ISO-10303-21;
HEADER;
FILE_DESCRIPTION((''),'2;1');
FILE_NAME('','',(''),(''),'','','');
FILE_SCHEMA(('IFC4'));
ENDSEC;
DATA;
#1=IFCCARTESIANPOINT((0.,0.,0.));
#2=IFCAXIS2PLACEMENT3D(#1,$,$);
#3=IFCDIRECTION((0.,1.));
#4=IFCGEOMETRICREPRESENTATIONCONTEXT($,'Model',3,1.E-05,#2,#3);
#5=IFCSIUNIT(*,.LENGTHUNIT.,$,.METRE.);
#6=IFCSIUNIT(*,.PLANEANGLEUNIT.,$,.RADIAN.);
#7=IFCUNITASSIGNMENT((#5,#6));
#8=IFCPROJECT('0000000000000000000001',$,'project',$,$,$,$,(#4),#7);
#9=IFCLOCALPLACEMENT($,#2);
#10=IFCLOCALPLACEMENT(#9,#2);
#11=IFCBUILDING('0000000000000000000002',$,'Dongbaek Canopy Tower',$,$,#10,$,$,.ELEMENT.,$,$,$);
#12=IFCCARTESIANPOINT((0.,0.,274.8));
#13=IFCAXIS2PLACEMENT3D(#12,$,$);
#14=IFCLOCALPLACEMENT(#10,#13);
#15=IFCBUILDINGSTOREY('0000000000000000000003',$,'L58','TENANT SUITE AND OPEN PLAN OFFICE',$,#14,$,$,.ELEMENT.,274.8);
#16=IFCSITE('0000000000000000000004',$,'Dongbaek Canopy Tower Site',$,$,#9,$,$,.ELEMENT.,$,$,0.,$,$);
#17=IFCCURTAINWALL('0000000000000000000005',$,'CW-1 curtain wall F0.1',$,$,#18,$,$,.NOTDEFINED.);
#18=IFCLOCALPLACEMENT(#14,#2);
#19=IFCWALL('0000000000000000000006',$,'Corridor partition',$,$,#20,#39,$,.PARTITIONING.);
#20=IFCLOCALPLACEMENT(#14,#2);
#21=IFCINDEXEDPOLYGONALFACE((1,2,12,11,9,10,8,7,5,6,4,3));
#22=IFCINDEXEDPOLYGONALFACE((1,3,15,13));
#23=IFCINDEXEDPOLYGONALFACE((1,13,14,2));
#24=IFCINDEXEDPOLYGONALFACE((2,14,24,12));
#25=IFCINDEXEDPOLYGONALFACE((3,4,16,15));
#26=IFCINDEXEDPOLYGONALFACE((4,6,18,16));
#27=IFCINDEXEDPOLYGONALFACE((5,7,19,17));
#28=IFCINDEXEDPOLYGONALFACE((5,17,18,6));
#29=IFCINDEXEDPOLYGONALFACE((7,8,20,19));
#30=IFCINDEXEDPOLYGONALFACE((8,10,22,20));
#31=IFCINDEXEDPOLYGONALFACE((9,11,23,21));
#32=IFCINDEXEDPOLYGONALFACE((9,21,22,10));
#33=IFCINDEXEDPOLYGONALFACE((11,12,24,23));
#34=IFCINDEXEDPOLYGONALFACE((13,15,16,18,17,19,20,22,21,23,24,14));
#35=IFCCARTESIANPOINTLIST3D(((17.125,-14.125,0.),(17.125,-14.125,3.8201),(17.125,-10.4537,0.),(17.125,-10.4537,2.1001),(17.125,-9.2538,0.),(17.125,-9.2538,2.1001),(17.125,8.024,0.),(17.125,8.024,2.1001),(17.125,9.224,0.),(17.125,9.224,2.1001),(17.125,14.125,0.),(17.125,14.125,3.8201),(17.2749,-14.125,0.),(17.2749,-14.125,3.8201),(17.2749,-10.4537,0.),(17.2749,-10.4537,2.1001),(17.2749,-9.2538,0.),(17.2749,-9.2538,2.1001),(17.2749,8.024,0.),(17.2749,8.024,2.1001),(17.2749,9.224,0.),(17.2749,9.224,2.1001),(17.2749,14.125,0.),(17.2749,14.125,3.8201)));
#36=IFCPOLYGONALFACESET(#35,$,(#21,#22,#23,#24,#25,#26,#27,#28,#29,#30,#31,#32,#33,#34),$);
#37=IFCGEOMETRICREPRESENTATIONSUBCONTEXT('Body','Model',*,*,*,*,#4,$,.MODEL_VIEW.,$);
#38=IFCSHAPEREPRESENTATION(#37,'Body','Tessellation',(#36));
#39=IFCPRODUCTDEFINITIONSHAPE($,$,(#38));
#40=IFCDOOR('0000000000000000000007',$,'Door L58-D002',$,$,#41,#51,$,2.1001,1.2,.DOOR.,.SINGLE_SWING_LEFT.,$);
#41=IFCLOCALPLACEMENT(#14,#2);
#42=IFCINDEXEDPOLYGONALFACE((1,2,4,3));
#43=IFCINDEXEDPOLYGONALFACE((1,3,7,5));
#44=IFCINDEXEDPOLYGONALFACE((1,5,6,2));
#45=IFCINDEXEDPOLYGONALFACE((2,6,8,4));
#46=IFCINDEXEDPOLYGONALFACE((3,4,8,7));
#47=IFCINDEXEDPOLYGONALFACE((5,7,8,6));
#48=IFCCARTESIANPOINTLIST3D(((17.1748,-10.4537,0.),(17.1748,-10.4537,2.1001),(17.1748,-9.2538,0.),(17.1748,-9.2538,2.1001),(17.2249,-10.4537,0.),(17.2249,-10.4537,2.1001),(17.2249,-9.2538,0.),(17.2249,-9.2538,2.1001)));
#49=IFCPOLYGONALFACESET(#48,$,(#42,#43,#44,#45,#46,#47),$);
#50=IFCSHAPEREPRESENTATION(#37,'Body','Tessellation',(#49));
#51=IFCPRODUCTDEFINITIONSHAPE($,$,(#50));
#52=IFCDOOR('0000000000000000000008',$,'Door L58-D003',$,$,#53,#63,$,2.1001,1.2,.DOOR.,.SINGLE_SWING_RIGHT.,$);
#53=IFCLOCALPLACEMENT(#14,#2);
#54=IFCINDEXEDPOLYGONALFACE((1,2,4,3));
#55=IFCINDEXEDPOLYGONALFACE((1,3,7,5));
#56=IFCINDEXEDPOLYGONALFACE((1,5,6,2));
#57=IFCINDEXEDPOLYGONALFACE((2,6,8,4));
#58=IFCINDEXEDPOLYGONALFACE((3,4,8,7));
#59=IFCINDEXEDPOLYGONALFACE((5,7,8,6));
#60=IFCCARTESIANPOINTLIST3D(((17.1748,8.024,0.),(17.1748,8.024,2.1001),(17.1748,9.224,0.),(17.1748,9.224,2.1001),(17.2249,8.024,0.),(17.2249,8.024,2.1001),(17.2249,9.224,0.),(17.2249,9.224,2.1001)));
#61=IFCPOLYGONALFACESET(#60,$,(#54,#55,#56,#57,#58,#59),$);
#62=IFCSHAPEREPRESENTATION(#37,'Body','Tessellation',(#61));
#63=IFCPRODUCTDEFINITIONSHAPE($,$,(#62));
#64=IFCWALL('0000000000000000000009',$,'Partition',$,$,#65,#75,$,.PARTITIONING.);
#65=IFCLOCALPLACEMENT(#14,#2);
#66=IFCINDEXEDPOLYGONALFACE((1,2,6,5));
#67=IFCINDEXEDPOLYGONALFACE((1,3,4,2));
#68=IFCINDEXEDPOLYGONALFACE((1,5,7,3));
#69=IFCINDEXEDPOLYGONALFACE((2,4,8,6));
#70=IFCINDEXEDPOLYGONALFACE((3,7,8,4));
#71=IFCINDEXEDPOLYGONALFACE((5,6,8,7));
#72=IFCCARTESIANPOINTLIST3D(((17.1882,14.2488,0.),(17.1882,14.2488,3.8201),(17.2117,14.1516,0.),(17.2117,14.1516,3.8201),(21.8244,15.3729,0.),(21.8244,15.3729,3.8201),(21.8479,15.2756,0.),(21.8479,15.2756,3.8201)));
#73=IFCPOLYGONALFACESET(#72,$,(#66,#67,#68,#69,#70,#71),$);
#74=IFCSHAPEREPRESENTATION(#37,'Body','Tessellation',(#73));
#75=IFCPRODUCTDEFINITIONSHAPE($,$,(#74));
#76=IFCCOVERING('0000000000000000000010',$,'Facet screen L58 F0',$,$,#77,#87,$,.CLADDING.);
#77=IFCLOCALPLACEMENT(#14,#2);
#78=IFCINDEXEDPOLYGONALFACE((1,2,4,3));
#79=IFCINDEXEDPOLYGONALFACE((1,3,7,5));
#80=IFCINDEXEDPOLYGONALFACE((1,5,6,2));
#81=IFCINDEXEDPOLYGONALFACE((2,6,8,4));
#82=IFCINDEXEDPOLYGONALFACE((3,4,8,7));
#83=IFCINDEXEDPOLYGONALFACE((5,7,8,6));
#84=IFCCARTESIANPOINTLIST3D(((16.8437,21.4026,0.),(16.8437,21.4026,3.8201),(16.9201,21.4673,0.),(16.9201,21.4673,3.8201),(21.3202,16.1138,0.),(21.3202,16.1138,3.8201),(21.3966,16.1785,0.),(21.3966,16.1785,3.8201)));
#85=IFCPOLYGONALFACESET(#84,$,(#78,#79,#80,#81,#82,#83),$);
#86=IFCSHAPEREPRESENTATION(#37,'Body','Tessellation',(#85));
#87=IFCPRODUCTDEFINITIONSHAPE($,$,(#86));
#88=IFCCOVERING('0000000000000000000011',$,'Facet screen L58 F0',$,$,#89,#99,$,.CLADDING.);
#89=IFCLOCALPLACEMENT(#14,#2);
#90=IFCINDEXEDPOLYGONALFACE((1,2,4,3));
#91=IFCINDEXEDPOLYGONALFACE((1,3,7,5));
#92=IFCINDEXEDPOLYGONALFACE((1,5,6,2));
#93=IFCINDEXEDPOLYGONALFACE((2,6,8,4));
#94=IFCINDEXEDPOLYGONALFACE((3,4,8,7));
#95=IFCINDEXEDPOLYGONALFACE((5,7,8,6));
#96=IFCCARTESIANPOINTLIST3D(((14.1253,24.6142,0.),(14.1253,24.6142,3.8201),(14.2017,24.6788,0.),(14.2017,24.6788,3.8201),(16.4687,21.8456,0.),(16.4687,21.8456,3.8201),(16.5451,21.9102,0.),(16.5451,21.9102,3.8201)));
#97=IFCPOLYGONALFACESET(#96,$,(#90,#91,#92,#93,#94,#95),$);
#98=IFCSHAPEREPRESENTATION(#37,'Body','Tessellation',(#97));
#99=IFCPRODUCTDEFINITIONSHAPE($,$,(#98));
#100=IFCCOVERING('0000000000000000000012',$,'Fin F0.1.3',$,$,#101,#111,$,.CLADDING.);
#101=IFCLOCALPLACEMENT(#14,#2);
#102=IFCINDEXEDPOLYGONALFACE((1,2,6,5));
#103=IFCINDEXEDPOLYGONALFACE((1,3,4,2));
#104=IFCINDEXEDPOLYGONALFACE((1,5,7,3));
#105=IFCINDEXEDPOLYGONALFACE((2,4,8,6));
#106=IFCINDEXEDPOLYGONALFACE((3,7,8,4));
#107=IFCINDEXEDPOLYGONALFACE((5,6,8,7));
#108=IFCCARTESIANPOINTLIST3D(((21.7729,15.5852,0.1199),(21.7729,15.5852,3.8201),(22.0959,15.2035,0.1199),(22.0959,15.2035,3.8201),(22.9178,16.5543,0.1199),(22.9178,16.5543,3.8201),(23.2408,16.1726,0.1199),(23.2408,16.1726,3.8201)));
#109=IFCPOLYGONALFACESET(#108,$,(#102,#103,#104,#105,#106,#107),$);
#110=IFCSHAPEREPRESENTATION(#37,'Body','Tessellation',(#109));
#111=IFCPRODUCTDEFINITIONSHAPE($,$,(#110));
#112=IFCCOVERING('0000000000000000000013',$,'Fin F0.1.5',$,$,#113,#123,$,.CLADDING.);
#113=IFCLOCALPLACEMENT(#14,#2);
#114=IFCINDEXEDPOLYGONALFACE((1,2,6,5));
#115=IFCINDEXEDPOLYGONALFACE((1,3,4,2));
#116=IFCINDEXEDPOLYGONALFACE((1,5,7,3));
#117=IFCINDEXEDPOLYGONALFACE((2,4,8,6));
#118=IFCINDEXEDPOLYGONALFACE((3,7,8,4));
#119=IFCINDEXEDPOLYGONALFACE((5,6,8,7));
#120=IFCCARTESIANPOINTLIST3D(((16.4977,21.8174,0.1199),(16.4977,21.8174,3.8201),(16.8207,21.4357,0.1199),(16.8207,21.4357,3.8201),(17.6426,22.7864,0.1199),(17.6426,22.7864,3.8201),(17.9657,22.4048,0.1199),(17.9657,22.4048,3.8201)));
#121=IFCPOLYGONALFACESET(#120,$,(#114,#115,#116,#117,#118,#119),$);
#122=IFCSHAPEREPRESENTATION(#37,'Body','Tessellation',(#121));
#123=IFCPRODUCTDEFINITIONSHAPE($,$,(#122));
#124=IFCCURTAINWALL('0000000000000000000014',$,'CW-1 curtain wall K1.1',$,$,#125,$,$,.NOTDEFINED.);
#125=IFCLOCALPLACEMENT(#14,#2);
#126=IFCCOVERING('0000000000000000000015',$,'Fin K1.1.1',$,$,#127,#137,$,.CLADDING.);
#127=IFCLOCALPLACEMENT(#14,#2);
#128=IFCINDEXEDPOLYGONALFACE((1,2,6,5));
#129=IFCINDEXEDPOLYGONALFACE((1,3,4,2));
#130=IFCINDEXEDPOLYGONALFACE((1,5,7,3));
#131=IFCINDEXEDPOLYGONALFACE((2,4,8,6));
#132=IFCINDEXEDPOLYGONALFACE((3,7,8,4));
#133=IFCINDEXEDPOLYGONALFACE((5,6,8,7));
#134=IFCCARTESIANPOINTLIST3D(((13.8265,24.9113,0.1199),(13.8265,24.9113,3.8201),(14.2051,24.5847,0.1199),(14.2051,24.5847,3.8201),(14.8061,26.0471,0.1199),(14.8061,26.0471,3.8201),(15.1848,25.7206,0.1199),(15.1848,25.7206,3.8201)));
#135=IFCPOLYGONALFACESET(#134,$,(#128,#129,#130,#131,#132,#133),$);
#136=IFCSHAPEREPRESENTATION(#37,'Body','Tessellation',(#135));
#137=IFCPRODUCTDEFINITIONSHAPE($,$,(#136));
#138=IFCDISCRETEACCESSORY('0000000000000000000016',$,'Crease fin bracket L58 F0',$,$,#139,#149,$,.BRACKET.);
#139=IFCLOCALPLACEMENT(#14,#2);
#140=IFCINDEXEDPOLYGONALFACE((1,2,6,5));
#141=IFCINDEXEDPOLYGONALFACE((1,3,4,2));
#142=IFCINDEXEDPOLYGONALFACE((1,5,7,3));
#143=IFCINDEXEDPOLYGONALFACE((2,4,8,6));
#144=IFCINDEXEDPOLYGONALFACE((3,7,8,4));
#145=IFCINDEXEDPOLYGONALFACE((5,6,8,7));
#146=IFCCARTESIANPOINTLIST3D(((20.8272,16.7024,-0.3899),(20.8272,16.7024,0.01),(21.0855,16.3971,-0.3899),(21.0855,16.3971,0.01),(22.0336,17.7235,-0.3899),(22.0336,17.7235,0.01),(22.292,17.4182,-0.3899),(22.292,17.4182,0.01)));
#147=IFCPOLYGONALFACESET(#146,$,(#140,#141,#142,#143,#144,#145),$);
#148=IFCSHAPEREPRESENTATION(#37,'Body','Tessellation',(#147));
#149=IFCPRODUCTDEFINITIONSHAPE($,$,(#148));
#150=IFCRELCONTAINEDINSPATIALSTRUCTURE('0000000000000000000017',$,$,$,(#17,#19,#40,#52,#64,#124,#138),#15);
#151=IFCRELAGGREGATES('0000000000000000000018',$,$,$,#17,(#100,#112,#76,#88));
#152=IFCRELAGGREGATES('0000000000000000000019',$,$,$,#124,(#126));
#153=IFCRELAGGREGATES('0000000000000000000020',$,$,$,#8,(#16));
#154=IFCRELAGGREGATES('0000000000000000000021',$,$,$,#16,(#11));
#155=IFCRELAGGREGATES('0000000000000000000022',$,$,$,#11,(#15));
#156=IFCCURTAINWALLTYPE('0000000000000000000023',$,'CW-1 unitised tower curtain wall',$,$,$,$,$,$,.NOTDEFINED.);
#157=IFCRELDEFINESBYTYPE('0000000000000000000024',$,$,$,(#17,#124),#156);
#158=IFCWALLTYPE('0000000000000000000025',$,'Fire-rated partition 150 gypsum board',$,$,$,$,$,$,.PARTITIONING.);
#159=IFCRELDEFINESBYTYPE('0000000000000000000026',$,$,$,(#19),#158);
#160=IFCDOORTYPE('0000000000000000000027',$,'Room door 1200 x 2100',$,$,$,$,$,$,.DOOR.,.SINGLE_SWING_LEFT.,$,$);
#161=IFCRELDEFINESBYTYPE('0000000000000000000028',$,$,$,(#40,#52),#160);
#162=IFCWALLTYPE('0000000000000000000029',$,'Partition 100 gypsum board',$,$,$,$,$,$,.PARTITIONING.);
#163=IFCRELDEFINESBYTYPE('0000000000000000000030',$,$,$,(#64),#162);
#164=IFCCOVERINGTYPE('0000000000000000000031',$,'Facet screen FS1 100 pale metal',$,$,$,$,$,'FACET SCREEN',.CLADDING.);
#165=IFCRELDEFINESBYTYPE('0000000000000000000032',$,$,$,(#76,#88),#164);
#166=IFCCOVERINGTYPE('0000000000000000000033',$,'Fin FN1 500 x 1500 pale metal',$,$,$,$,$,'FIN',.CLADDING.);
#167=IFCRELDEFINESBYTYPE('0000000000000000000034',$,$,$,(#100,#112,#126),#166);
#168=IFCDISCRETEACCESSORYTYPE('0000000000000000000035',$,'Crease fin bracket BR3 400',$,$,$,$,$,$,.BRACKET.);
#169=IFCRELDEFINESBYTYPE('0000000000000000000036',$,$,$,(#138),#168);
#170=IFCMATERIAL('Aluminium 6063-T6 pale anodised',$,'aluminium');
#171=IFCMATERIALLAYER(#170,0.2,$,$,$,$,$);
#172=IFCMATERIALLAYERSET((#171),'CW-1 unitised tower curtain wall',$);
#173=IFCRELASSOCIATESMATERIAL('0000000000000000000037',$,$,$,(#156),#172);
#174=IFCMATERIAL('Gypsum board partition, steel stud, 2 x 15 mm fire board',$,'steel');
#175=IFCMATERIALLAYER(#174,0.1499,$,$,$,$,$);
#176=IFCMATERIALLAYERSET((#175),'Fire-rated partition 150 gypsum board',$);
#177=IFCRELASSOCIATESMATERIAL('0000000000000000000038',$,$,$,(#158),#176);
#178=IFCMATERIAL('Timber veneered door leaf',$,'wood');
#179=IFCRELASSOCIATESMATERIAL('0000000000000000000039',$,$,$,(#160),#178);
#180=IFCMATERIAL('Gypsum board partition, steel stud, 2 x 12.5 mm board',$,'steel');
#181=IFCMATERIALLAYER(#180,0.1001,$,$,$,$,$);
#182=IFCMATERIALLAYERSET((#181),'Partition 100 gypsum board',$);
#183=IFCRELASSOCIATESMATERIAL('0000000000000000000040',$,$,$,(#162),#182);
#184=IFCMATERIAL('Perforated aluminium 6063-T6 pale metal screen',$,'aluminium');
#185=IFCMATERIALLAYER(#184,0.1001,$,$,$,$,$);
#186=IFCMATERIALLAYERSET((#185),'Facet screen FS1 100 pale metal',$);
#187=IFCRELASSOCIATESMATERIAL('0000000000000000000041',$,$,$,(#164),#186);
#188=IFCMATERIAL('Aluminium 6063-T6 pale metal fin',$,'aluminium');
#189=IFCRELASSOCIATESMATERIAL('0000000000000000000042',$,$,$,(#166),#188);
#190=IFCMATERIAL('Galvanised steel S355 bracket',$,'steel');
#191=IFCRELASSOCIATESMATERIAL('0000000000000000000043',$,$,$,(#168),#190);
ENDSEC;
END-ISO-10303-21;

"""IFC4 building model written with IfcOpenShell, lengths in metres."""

from ifc_helpers import new_model, si_unit, direction, frame, frame_2d, origin, origin_2d, place, context, subcontext, project, spatial, rectangle, extrude, material, layer, layer_set, material_profile, profile_set, type_object, element, fill, aggregate, save


model = new_model("IFC4")

# Units and contexts
model_context = context("Model", 3, precision=1e-05, world=origin(), true_north=direction((0.0, 1.0)))
body_context = subcontext(model_context, "Body", "Model", "MODEL_VIEW")
ifc_project = project(units=[si_unit("LENGTHUNIT", "METRE"), si_unit("PLANEANGLEUNIT", "RADIAN")], contexts=[model_context])

# Site, building, storey
site_placement = place(None, origin())
site = spatial("IfcSite", under=ifc_project, at=site_placement, Name="Dongbaek Canopy Tower Site", CompositionType="ELEMENT", RefElevation=0.0)
building_placement = place(site_placement, origin())
building = spatial("IfcBuilding", under=site, at=building_placement, Name="Dongbaek Canopy Tower", CompositionType="ELEMENT")
storey_placement = place(building_placement, frame((0.0, 0.0, 274.8)))
storey = spatial("IfcBuildingStorey", under=building, at=storey_placement, Name="L58", Description="TENANT SUITE AND OPEN PLAN OFFICE", CompositionType="ELEMENT", Elevation=274.8)

# Curtain wall
ifc_material_1 = material(Name="Aluminium 6063-T6 pale anodised", Category="aluminium")
ifc_layer_1 = layer(ifc_material_1, 0.2)
ifc_layer_set_1 = layer_set([ifc_layer_1], Name="CW-1 unitised tower curtain wall")
curtain_wall_type = type_object("IfcCurtainWallType", Name="CW-1 unitised tower curtain wall", PredefinedType="NOTDEFINED", material=ifc_layer_set_1)
curtain_wall_1_placement = place(storey_placement, origin())
curtain_wall_1 = element("IfcCurtainWall", 1, at=curtain_wall_1_placement, inside=storey, type_object=curtain_wall_type, Name="CW-1 curtain wall F0.1", PredefinedType="NOTDEFINED")

# Wall, openings, doors
ifc_material_2 = material(Name="Gypsum board partition, steel stud, 2 x 15 mm fire board", Category="steel")
ifc_layer_2 = layer(ifc_material_2, 0.1499)
ifc_layer_set_2 = layer_set([ifc_layer_2], Name="Fire-rated partition 150 gypsum board")
wall_type_1 = type_object("IfcWallType", Name="Fire-rated partition 150 gypsum board", PredefinedType="PARTITIONING", material=ifc_layer_set_2)
wall_1_placement = place(storey_placement, frame((17.2, 14.125, 0.0), z_axis=(0.0, 0.0, 1.0), x_axis=(0.0, -1.0, 0.0)))
wall_1 = element("IfcWall", 2, at=wall_1_placement, inside=storey, type_object=wall_type_1, Name="Corridor partition", PredefinedType="PARTITIONING", context=body_context, shape_type="SweptSolid", body=[
    extrude(rectangle(XDim=28.25, YDim=0.1499, at=frame_2d((14.125, 0.0))), origin(), (0.0, 0.0, 1.0), 3.8201),
])
opening_1_placement = place(wall_1_placement, frame((23.3787, 0.0, 0.0)))
opening_1 = element("IfcOpeningElement", 3, at=opening_1_placement, cuts=wall_1, PredefinedType="OPENING", context=body_context, shape_type="SweptSolid", body=[
    extrude(rectangle(XDim=1.2, YDim=2.1001, at=frame_2d((0.6001, 1.05))), frame((0.0, 0.085, 0.0), z_axis=(0.0, -1.0, 0.0), x_axis=(1.0, 0.0, 0.0)), (0.0, 0.0, 1.0), 0.1699),
])
opening_2_placement = place(wall_1_placement, frame((4.9009, 0.0, 0.0)))
opening_2 = element("IfcOpeningElement", 4, at=opening_2_placement, cuts=wall_1, PredefinedType="OPENING", context=body_context, shape_type="SweptSolid", body=[
    extrude(rectangle(XDim=1.2, YDim=2.1001, at=frame_2d((0.6001, 1.05))), frame((0.0, 0.085, 0.0), z_axis=(0.0, -1.0, 0.0), x_axis=(1.0, 0.0, 0.0)), (0.0, 0.0, 1.0), 0.1699),
])
ifc_material_3 = material(Name="Timber veneered door leaf", Category="wood")
door_type = type_object("IfcDoorType", Name="Room door 1200 x 2100", OperationType="SINGLE_SWING_LEFT", PredefinedType="DOOR", material=ifc_material_3)
door_1_placement = place(opening_1_placement, origin())
door_1 = element("IfcDoor", 5, at=door_1_placement, inside=storey, type_object=door_type, Name="Door L58-D002", OperationType="SINGLE_SWING_LEFT", OverallHeight=2.1001, OverallWidth=1.2, PredefinedType="DOOR", context=body_context, shape_type="SweptSolid", body=[
    extrude(rectangle(XDim=1.2, YDim=2.1001, at=frame_2d((0.6001, 1.05))), frame((0.0, 0.0249, 0.0), z_axis=(0.0, -1.0, 0.0), x_axis=(1.0, 0.0, 0.0)), (0.0, 0.0, 1.0), 0.05),
])
fill(opening_1, door_1)
door_2_placement = place(opening_2_placement, origin())
door_2 = element("IfcDoor", 6, at=door_2_placement, inside=storey, type_object=door_type, Name="Door L58-D003", OperationType="SINGLE_SWING_RIGHT", OverallHeight=2.1001, OverallWidth=1.2, PredefinedType="DOOR", context=body_context, shape_type="SweptSolid", body=[
    extrude(rectangle(XDim=1.2, YDim=2.1001, at=frame_2d((0.6001, 1.05))), frame((0.0, 0.0249, 0.0), z_axis=(0.0, -1.0, 0.0), x_axis=(1.0, 0.0, 0.0)), (0.0, 0.0, 1.0), 0.05),
])
fill(opening_2, door_2)

# Wall
ifc_material_4 = material(Name="Gypsum board partition, steel stud, 2 x 12.5 mm board", Category="steel")
ifc_layer_3 = layer(ifc_material_4, 0.1001)
ifc_layer_set_3 = layer_set([ifc_layer_3], Name="Partition 100 gypsum board")
wall_type_2 = type_object("IfcWallType", Name="Partition 100 gypsum board", PredefinedType="PARTITIONING", material=ifc_layer_set_3)
wall_2_placement = place(storey_placement, frame((17.2, 14.2002, 0.0), z_axis=(0.0, 0.0, 1.0), x_axis=(0.971846, 0.235618, 0.0)))
element("IfcWall", 7, at=wall_2_placement, inside=storey, type_object=wall_type_2, Name="Partition", PredefinedType="PARTITIONING", context=body_context, shape_type="SweptSolid", body=[
    extrude(rectangle(XDim=4.7705, YDim=0.1001, at=frame_2d((2.3853, 0.0))), origin(), (0.0, 0.0, 1.0), 3.8201),
])

# Coverings
ifc_material_5 = material(Name="Perforated aluminium 6063-T6 pale metal screen", Category="aluminium")
ifc_layer_4 = layer(ifc_material_5, 0.1001)
ifc_layer_set_4 = layer_set([ifc_layer_4], Name="Facet screen FS1 100 pale metal")
covering_type_1 = type_object("IfcCoveringType", Name="Facet screen FS1 100 pale metal", ElementType="FACET SCREEN", PredefinedType="CLADDING", material=ifc_layer_set_4)
covering_1_placement = place(storey_placement, frame((19.1201, 18.7905, 0.0), z_axis=(0.0, 0.0, 1.0), x_axis=(-0.646055, 0.763291, 0.0)))
covering_1 = element("IfcCovering", 8, at=covering_1_placement, type_object=covering_type_1, Name="Facet screen L58 F0", PredefinedType="CLADDING", context=body_context, shape_type="SweptSolid", body=[
    extrude(rectangle(XDim=6.929, YDim=0.1001, at=origin_2d()), origin(), (0.0, 0.0, 1.0), 3.8201),
])
covering_2_placement = place(storey_placement, frame((15.3352, 23.2622, 0.0), z_axis=(0.0, 0.0, 1.0), x_axis=(-0.646055, 0.763291, 0.0)))
covering_2 = element("IfcCovering", 9, at=covering_2_placement, type_object=covering_type_1, Name="Facet screen L58 F0", PredefinedType="CLADDING", context=body_context, shape_type="SweptSolid", body=[
    extrude(rectangle(XDim=3.6272, YDim=0.1001, at=origin_2d()), origin(), (0.0, 0.0, 1.0), 3.8201),
])
ifc_material_6 = material(Name="Aluminium 6063-T6 pale metal fin", Category="aluminium")
ifc_material_profile_1 = material_profile(ifc_material_6, rectangle(XDim=1.5, YDim=0.5, at=origin_2d()), Name="Fin FN1 500 x 1500 pale metal")
ifc_profile_set_1 = profile_set([ifc_material_profile_1], Name="Aluminium 6063-T6 pale metal fin")
covering_type_2 = type_object("IfcCoveringType", Name="Fin FN1 500 x 1500 pale metal", ElementType="FIN", PredefinedType="CLADDING", material=ifc_profile_set_1)
covering_3_placement = place(storey_placement, frame((22.5068, 15.8789, 0.1199), z_axis=(0.0, 0.0, 1.0), x_axis=(0.763291, 0.646055, 0.0)))
covering_3 = element("IfcCovering", 10, at=covering_3_placement, type_object=covering_type_2, Name="Fin F0.1.3", PredefinedType="CLADDING", context=body_context, shape_type="SweptSolid", body=[
    extrude(rectangle(XDim=1.5, YDim=0.5, at=origin_2d()), origin(), (0.0, 0.0, 1.0), 3.7002),
])
covering_4_placement = place(storey_placement, frame((17.2317, 22.1111, 0.1199), z_axis=(0.0, 0.0, 1.0), x_axis=(0.763291, 0.646055, 0.0)))
covering_4 = element("IfcCovering", 11, at=covering_4_placement, type_object=covering_type_2, Name="Fin F0.1.5", PredefinedType="CLADDING", context=body_context, shape_type="SweptSolid", body=[
    extrude(rectangle(XDim=1.5, YDim=0.5, at=origin_2d()), origin(), (0.0, 0.0, 1.0), 3.7002),
])
aggregate(curtain_wall_1, [covering_3, covering_4, covering_1, covering_2])

# Curtain wall, covering
curtain_wall_2_placement = place(storey_placement, origin())
curtain_wall_2 = element("IfcCurtainWall", 12, at=curtain_wall_2_placement, inside=storey, type_object=curtain_wall_type, Name="CW-1 curtain wall K1.1", PredefinedType="NOTDEFINED")
covering_5_placement = place(storey_placement, frame((14.5056, 25.3159, 0.1199), z_axis=(0.0, 0.0, 1.0), x_axis=(0.653116, 0.757258, 0.0)))
covering_5 = element("IfcCovering", 13, at=covering_5_placement, type_object=covering_type_2, Name="Fin K1.1.1", PredefinedType="CLADDING", context=body_context, shape_type="SweptSolid", body=[
    extrude(rectangle(XDim=1.5, YDim=0.5, at=origin_2d()), origin(), (0.0, 0.0, 1.0), 3.7002),
])
aggregate(curtain_wall_2, [covering_5])

# Discrete accessory
ifc_material_7 = material(Name="Galvanised steel S355 bracket", Category="steel")
discrete_accessory_type = type_object("IfcDiscreteAccessoryType", Name="Crease fin bracket BR3 400", PredefinedType="BRACKET", material=ifc_material_7)
discrete_accessory_placement = place(storey_placement, frame((21.5596, 17.0603, -0.3899), z_axis=(0.0, 0.0, 1.0), x_axis=(0.763291, 0.646055, 0.0)))
element("IfcDiscreteAccessory", 14, at=discrete_accessory_placement, inside=storey, type_object=discrete_accessory_type, Name="Crease fin bracket L58 F0", PredefinedType="BRACKET", context=body_context, shape_type="SweptSolid", body=[
    extrude(rectangle(XDim=1.5806, YDim=0.3999, at=origin_2d()), origin(), (0.0, 0.0, 1.0), 0.3999),
])

save(model, "model.ifc")
